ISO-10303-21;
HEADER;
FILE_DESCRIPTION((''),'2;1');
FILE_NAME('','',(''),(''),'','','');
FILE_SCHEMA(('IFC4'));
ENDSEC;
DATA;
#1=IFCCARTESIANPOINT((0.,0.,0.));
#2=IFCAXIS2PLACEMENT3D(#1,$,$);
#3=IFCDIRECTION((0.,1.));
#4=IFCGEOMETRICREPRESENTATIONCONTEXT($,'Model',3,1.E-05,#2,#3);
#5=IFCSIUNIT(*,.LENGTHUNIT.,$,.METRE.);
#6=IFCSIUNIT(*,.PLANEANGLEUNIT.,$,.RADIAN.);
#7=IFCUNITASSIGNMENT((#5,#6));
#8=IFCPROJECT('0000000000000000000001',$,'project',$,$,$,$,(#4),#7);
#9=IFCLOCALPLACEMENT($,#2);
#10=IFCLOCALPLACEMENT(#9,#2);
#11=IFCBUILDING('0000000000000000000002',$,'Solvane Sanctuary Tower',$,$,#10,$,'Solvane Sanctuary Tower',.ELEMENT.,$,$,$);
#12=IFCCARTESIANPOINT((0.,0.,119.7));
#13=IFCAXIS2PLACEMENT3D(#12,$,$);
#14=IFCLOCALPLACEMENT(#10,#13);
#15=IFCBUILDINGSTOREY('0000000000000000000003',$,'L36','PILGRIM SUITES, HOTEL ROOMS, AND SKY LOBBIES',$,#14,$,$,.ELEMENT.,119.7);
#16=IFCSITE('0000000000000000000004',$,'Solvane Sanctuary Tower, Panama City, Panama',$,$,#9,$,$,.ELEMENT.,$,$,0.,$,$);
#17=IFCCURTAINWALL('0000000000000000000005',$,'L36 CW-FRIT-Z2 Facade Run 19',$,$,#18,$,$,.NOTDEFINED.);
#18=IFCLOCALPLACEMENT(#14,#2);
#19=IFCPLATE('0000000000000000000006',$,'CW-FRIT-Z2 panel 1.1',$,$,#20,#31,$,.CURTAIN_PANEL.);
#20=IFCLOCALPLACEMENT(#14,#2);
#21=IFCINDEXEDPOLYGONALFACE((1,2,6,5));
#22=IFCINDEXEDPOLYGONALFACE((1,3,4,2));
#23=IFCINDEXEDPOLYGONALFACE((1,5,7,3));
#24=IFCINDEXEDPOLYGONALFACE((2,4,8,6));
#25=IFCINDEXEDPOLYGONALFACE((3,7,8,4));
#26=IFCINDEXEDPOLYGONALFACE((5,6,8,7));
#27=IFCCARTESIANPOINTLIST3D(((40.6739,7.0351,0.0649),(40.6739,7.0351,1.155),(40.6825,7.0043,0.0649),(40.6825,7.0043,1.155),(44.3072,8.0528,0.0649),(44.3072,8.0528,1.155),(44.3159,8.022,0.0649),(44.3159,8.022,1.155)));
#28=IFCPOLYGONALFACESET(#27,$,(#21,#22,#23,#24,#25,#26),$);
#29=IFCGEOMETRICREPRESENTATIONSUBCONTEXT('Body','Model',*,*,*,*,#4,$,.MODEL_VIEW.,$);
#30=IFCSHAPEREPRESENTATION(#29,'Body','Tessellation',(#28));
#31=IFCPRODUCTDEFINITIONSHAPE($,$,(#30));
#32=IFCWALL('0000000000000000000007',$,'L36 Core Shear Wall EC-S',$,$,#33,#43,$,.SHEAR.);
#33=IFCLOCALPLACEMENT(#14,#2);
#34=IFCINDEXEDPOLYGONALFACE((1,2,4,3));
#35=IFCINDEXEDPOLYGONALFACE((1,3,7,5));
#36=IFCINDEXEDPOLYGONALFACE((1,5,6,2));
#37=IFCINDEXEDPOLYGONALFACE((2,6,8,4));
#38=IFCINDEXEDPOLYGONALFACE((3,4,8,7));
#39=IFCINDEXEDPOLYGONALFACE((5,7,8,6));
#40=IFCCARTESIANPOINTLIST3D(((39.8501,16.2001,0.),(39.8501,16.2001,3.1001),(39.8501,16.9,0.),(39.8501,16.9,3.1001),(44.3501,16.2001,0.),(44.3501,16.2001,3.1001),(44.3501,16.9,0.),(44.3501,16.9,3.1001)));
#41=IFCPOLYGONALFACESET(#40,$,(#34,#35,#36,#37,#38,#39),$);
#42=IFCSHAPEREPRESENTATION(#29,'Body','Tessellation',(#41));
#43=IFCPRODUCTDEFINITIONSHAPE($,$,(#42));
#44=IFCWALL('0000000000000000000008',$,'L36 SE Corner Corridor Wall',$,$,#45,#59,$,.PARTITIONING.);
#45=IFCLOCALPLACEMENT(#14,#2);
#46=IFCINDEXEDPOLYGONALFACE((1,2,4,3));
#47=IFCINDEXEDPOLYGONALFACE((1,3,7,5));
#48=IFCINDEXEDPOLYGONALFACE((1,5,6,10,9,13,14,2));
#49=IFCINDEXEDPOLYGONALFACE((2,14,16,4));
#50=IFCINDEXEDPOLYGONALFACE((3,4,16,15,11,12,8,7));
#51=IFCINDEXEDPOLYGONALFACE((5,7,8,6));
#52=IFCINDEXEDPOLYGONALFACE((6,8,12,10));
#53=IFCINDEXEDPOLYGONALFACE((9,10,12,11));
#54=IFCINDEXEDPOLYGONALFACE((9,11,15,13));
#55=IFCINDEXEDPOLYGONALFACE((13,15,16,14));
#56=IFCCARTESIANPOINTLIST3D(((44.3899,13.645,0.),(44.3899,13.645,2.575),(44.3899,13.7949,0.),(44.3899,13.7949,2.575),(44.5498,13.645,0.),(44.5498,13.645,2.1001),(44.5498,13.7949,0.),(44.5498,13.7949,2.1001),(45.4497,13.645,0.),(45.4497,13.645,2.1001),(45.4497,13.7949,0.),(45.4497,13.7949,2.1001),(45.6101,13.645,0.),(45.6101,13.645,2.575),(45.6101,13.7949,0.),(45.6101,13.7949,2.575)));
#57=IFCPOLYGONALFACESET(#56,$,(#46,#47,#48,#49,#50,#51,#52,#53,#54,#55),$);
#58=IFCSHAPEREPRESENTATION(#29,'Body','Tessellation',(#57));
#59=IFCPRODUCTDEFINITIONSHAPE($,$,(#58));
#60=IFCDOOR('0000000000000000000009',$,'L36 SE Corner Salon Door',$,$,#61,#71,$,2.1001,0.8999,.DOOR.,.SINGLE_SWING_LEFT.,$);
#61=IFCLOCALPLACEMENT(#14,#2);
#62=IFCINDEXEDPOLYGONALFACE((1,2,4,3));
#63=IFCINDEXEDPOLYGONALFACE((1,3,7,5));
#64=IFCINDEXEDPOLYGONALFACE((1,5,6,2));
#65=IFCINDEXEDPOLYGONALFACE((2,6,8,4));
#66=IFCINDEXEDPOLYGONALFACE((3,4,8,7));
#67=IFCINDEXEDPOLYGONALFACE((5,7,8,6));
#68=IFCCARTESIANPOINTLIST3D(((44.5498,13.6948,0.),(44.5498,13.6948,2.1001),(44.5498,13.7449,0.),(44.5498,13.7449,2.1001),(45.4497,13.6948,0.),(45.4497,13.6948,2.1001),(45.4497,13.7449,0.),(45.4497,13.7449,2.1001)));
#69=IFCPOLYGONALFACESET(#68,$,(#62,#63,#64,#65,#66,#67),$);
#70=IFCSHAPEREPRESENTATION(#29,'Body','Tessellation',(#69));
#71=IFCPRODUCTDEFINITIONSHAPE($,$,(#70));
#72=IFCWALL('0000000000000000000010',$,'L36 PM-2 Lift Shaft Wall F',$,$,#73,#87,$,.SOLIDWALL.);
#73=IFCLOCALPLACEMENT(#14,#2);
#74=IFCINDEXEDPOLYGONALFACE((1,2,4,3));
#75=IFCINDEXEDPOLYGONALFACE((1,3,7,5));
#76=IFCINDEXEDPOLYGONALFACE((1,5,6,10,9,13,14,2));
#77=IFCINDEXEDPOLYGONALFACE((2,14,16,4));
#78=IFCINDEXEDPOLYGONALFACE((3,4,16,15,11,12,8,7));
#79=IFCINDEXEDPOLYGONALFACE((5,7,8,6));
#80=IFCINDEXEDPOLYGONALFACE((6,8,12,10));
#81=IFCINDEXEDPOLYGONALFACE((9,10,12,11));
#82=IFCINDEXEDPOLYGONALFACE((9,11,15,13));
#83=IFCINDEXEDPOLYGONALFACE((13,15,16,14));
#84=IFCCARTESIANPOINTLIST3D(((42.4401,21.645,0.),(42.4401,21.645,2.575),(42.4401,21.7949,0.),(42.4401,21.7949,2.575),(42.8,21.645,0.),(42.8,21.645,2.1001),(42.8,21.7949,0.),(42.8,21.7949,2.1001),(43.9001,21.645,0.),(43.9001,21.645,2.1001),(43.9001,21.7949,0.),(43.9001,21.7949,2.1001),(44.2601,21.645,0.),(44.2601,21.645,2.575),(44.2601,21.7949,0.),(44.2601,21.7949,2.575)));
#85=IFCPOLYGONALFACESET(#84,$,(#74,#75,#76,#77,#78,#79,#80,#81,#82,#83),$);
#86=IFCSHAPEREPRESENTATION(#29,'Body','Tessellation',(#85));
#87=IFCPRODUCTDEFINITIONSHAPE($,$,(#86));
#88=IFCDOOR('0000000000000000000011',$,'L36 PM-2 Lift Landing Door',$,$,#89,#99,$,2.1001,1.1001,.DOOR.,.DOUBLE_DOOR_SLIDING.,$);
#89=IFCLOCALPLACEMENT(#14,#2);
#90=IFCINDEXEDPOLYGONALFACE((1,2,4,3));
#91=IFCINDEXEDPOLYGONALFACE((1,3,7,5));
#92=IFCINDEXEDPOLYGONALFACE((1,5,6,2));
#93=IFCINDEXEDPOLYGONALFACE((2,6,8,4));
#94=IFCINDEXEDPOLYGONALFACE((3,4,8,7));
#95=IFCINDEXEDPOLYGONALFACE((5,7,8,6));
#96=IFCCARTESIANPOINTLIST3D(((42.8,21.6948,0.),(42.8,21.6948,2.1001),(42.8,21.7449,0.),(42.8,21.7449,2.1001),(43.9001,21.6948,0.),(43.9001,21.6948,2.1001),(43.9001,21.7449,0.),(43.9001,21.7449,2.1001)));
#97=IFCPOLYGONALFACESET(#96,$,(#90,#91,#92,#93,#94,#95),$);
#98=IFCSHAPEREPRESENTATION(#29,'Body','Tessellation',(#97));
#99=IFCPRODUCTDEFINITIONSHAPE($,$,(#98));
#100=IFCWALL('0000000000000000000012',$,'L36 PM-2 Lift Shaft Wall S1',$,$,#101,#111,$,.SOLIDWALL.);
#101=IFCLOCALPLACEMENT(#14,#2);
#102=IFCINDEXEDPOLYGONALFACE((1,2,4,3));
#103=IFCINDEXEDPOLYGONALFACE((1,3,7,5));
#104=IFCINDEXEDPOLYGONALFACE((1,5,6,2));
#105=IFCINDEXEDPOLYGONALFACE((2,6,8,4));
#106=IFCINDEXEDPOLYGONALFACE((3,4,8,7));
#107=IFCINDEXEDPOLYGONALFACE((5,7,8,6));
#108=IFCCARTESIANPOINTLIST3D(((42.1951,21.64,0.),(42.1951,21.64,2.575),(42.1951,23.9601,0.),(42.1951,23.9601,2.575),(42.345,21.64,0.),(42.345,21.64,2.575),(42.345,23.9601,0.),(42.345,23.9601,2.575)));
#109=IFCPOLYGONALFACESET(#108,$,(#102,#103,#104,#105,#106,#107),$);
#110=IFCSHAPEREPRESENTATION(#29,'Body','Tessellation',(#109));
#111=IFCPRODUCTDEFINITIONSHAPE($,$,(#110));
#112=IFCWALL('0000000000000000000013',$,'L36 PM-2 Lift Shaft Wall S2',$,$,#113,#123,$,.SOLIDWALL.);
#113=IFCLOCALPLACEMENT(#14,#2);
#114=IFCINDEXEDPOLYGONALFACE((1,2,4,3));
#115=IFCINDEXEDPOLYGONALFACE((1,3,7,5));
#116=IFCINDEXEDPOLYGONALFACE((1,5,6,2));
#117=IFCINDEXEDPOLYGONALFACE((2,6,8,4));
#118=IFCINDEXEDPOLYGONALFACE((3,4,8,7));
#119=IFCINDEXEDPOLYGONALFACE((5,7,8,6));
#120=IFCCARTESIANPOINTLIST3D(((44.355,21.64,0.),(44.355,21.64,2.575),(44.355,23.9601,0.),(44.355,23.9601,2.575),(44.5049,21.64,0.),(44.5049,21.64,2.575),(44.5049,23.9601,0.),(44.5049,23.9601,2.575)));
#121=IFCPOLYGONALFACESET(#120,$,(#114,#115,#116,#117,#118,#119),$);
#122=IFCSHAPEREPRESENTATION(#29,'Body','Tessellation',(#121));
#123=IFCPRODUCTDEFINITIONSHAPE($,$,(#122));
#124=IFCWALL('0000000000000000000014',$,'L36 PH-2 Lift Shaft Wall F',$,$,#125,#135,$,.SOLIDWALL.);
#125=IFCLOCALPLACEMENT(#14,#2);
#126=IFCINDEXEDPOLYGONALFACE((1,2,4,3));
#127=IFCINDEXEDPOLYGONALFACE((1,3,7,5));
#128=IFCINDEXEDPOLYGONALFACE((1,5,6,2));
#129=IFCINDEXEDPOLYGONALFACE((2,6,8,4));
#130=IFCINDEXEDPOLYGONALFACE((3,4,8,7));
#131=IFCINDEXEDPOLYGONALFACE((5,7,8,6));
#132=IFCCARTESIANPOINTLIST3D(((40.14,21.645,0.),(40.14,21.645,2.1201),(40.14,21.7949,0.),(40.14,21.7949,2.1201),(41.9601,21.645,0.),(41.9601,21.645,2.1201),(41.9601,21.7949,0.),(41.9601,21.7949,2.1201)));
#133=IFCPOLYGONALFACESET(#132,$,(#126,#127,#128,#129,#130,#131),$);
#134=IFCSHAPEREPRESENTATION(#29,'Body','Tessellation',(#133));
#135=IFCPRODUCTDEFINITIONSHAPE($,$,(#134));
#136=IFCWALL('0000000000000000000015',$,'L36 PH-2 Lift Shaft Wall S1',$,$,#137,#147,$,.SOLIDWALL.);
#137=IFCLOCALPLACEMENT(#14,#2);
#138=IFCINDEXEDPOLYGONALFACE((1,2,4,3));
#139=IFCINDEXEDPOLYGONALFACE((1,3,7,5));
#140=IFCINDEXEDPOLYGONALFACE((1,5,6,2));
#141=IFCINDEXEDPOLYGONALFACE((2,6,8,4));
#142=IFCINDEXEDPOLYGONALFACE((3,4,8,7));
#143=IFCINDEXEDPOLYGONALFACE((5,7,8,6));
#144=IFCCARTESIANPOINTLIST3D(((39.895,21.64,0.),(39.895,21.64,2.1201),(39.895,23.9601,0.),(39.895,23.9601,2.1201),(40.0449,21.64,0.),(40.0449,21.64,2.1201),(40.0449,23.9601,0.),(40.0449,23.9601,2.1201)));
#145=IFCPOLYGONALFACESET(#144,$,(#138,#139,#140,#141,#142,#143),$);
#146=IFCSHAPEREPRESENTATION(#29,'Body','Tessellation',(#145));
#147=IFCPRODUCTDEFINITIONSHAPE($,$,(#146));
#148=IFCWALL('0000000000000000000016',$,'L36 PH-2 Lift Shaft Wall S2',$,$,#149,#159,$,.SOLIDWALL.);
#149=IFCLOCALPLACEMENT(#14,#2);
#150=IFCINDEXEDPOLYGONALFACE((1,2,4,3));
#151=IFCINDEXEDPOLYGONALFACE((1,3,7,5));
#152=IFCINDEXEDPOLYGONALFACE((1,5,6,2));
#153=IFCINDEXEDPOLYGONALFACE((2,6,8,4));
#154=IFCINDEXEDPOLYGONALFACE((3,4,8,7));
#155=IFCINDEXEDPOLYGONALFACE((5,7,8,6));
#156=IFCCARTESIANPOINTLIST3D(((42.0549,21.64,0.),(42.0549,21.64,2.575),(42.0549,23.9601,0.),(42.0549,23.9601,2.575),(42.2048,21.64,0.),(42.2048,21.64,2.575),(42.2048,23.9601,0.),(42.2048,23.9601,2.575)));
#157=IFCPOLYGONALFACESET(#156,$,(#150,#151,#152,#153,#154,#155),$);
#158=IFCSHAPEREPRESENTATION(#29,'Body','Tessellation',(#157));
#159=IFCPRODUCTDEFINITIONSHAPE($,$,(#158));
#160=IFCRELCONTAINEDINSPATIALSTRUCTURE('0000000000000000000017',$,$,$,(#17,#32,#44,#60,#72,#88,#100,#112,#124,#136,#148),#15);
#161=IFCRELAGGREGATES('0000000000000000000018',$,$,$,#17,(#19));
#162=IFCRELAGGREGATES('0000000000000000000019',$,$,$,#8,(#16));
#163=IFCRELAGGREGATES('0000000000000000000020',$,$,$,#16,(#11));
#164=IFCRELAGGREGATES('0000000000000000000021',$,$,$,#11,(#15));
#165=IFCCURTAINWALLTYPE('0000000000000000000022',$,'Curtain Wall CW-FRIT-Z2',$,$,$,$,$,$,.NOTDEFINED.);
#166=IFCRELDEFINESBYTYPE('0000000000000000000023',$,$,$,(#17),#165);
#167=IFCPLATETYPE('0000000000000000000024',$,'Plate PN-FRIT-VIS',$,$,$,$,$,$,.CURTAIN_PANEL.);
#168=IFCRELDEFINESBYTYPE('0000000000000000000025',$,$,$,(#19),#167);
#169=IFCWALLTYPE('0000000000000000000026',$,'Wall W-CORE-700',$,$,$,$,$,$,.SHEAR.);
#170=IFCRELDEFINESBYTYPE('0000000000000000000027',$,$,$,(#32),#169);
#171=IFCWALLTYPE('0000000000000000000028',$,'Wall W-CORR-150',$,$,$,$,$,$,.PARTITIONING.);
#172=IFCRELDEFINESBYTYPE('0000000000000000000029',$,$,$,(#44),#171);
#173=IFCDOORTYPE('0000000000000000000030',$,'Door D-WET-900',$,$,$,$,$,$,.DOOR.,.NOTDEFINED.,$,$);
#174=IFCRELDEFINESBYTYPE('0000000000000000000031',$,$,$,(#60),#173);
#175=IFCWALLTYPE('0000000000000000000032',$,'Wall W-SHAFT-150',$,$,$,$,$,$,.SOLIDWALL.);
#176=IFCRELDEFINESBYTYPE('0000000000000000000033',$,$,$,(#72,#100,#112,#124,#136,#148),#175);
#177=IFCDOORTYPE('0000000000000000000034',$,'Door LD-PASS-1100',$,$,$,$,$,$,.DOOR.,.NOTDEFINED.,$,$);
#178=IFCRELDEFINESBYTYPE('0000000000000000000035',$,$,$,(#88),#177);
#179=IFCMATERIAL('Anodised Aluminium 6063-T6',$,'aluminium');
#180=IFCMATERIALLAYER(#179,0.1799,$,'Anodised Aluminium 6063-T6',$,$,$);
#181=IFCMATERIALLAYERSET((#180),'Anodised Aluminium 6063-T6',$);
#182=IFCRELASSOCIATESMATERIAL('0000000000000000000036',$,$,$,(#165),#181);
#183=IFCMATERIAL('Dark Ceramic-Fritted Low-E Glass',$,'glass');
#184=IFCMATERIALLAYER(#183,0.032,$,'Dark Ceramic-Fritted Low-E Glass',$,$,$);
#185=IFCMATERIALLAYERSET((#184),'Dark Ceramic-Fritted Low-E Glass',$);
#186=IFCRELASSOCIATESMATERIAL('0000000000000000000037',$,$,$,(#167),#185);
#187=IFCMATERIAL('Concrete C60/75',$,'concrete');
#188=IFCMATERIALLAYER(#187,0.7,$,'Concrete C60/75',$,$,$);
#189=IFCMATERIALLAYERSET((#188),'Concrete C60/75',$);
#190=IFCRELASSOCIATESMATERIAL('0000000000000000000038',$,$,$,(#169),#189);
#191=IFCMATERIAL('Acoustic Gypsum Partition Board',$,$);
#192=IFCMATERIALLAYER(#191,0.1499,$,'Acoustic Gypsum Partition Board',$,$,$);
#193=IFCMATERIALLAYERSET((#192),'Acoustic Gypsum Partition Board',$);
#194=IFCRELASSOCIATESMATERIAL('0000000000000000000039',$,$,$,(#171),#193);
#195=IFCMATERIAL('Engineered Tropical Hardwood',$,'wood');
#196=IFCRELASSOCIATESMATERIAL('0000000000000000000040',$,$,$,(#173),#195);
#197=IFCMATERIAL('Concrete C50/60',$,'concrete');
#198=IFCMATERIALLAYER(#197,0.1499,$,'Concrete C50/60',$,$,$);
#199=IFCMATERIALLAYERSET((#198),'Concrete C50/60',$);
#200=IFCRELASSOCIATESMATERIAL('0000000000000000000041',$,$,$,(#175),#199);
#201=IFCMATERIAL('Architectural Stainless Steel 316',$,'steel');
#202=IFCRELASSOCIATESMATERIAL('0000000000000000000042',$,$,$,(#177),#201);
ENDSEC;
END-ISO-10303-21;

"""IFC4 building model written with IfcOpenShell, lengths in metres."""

from ifc_helpers import new_model, si_unit, direction, frame, frame_2d, origin, origin_2d, place, context, subcontext, project, spatial, rectangle, extrude, material, layer, layer_set, type_object, element, fill, aggregate, save


model = new_model("IFC4")

# Units and contexts
model_context = context("Model", 3, precision=1e-05, world=origin(), true_north=direction((0.0, 1.0)))
body_context = subcontext(model_context, "Body", "Model", "MODEL_VIEW")
ifc_project = project(units=[si_unit("LENGTHUNIT", "METRE"), si_unit("PLANEANGLEUNIT", "RADIAN")], contexts=[model_context])

# Site, building, storey
site_placement = place(None, origin())
site = spatial("IfcSite", under=ifc_project, at=site_placement, Name="Solvane Sanctuary Tower, Panama City, Panama", CompositionType="ELEMENT", RefElevation=0.0)
building_placement = place(site_placement, origin())
building = spatial("IfcBuilding", under=site, at=building_placement, Name="Solvane Sanctuary Tower", LongName="Solvane Sanctuary Tower", CompositionType="ELEMENT")
storey_placement = place(building_placement, frame((0.0, 0.0, 119.7)))
storey = spatial("IfcBuildingStorey", under=building, at=storey_placement, Name="L36", Description="PILGRIM SUITES, HOTEL ROOMS, AND SKY LOBBIES", CompositionType="ELEMENT", Elevation=119.7)

# Curtain wall, plate
ifc_material_1 = material(Name="Anodised Aluminium 6063-T6", Category="aluminium")
ifc_layer_1 = layer(ifc_material_1, 0.1799, Name="Anodised Aluminium 6063-T6")
ifc_layer_set_1 = layer_set([ifc_layer_1], Name="Anodised Aluminium 6063-T6")
curtain_wall_type = type_object("IfcCurtainWallType", Name="Curtain Wall CW-FRIT-Z2", PredefinedType="NOTDEFINED", material=ifc_layer_set_1)
curtain_wall_placement = place(storey_placement, origin())
curtain_wall = element("IfcCurtainWall", 1, at=curtain_wall_placement, inside=storey, type_object=curtain_wall_type, Name="L36 CW-FRIT-Z2 Facade Run 19", PredefinedType="NOTDEFINED")
ifc_material_2 = material(Name="Dark Ceramic-Fritted Low-E Glass", Category="glass")
ifc_layer_2 = layer(ifc_material_2, 0.032, Name="Dark Ceramic-Fritted Low-E Glass")
ifc_layer_set_2 = layer_set([ifc_layer_2], Name="Dark Ceramic-Fritted Low-E Glass")
plate_type = type_object("IfcPlateType", Name="Plate PN-FRIT-VIS", PredefinedType="CURTAIN_PANEL", material=ifc_layer_set_2)
plate_placement = place(storey_placement, frame((42.4949, 7.5286, 0.0649), z_axis=(0.0, 0.0, 1.0), x_axis=(0.962943, 0.269705, 0.0)))
plate = element("IfcPlate", 2, at=plate_placement, type_object=plate_type, Name="CW-FRIT-Z2 panel 1.1", PredefinedType="CURTAIN_PANEL", context=body_context, shape_type="SweptSolid", body=[
    extrude(rectangle(XDim=3.7732, YDim=0.032, at=origin_2d()), origin(), (0.0, 0.0, 1.0), 1.0901),
])
aggregate(curtain_wall, [plate])

# Wall
ifc_material_3 = material(Name="Concrete C60/75", Category="concrete")
ifc_layer_3 = layer(ifc_material_3, 0.7, Name="Concrete C60/75")
ifc_layer_set_3 = layer_set([ifc_layer_3], Name="Concrete C60/75")
wall_type_1 = type_object("IfcWallType", Name="Wall W-CORE-700", PredefinedType="SHEAR", material=ifc_layer_set_3)
wall_1_placement = place(storey_placement, frame((39.8501, 16.55, 0.0), z_axis=(0.0, 0.0, 1.0), x_axis=(1.0, 0.0, 0.0)))
element("IfcWall", 3, at=wall_1_placement, inside=storey, type_object=wall_type_1, Name="L36 Core Shear Wall EC-S", PredefinedType="SHEAR", context=body_context, shape_type="SweptSolid", body=[
    extrude(rectangle(XDim=4.5, YDim=0.7, at=frame_2d((2.25, 0.0))), origin(), (0.0, 0.0, 1.0), 3.1001),
])

# Walls, openings, doors
ifc_material_4 = material(Name="Acoustic Gypsum Partition Board")
ifc_layer_4 = layer(ifc_material_4, 0.1499, Name="Acoustic Gypsum Partition Board")
ifc_layer_set_4 = layer_set([ifc_layer_4], Name="Acoustic Gypsum Partition Board")
wall_type_2 = type_object("IfcWallType", Name="Wall W-CORR-150", PredefinedType="PARTITIONING", material=ifc_layer_set_4)
wall_2_placement = place(storey_placement, frame((44.3899, 13.72, 0.0), z_axis=(0.0, 0.0, 1.0), x_axis=(1.0, 0.0, 0.0)))
wall_2 = element("IfcWall", 4, at=wall_2_placement, inside=storey, type_object=wall_type_2, Name="L36 SE Corner Corridor Wall", PredefinedType="PARTITIONING", context=body_context, shape_type="SweptSolid", body=[
    extrude(rectangle(XDim=1.2202, YDim=0.1499, at=frame_2d((0.6101, 0.0))), origin(), (0.0, 0.0, 1.0), 2.575),
])
opening_1_placement = place(wall_2_placement, frame((0.1599, 0.0, 0.0)))
opening_1 = element("IfcOpeningElement", 5, at=opening_1_placement, cuts=wall_2, PredefinedType="OPENING", context=body_context, shape_type="SweptSolid", body=[
    extrude(rectangle(XDim=0.8999, YDim=2.1001, at=frame_2d((0.45, 1.05))), frame((0.0, 0.085, 0.0), z_axis=(0.0, -1.0, 0.0), x_axis=(1.0, 0.0, 0.0)), (0.0, 0.0, 1.0), 0.1699),
])
ifc_material_5 = material(Name="Engineered Tropical Hardwood", Category="wood")
door_type_1 = type_object("IfcDoorType", Name="Door D-WET-900", OperationType="NOTDEFINED", PredefinedType="DOOR", material=ifc_material_5)
door_1_placement = place(opening_1_placement, origin())
door_1 = element("IfcDoor", 6, at=door_1_placement, inside=storey, type_object=door_type_1, Name="L36 SE Corner Salon Door", OperationType="SINGLE_SWING_LEFT", OverallHeight=2.1001, OverallWidth=0.8999, PredefinedType="DOOR", context=body_context, shape_type="SweptSolid", body=[
    extrude(rectangle(XDim=0.8999, YDim=2.1001, at=frame_2d((0.45, 1.05))), frame((0.0, 0.0249, 0.0), z_axis=(0.0, -1.0, 0.0), x_axis=(1.0, 0.0, 0.0)), (0.0, 0.0, 1.0), 0.05),
])
fill(opening_1, door_1)
ifc_material_6 = material(Name="Concrete C50/60", Category="concrete")
ifc_layer_5 = layer(ifc_material_6, 0.1499, Name="Concrete C50/60")
ifc_layer_set_5 = layer_set([ifc_layer_5], Name="Concrete C50/60")
wall_type_3 = type_object("IfcWallType", Name="Wall W-SHAFT-150", PredefinedType="SOLIDWALL", material=ifc_layer_set_5)
wall_3_placement = place(storey_placement, frame((42.4399, 21.72, 0.0), z_axis=(0.0, 0.0, 1.0), x_axis=(1.0, 0.0, 0.0)))
wall_3 = element("IfcWall", 7, at=wall_3_placement, inside=storey, type_object=wall_type_3, Name="L36 PM-2 Lift Shaft Wall F", PredefinedType="SOLIDWALL", context=body_context, shape_type="SweptSolid", body=[
    extrude(rectangle(XDim=1.8201, YDim=0.1499, at=frame_2d((0.9102, 0.0))), origin(), (0.0, 0.0, 1.0), 2.575),
])
opening_2_placement = place(wall_3_placement, frame((0.3601, 0.0, 0.0)))
opening_2 = element("IfcOpeningElement", 8, at=opening_2_placement, cuts=wall_3, PredefinedType="OPENING", context=body_context, shape_type="SweptSolid", body=[
    extrude(rectangle(XDim=1.1001, YDim=2.1001, at=frame_2d((0.55, 1.05))), frame((0.0, 0.085, 0.0), z_axis=(0.0, -1.0, 0.0), x_axis=(1.0, 0.0, 0.0)), (0.0, 0.0, 1.0), 0.1699),
])
ifc_material_7 = material(Name="Architectural Stainless Steel 316", Category="steel")
door_type_2 = type_object("IfcDoorType", Name="Door LD-PASS-1100", OperationType="NOTDEFINED", PredefinedType="DOOR", material=ifc_material_7)
door_2_placement = place(opening_2_placement, origin())
door_2 = element("IfcDoor", 9, at=door_2_placement, inside=storey, type_object=door_type_2, Name="L36 PM-2 Lift Landing Door", OperationType="DOUBLE_DOOR_SLIDING", OverallHeight=2.1001, OverallWidth=1.1001, PredefinedType="DOOR", context=body_context, shape_type="SweptSolid", body=[
    extrude(rectangle(XDim=1.1001, YDim=2.1001, at=frame_2d((0.55, 1.05))), frame((0.0, 0.0249, 0.0), z_axis=(0.0, -1.0, 0.0), x_axis=(1.0, 0.0, 0.0)), (0.0, 0.0, 1.0), 0.05),
])
fill(opening_2, door_2)

# Walls
for number, where, z_axis, x_axis, name in (
    (10, (42.27, 21.6399, 0.0), (0.0, 0.0, 1.0), (0.0, 1.0, 0.0), "L36 PM-2 Lift Shaft Wall S1"),
    (11, (44.4299, 21.6399, 0.0), (0.0, 0.0, 1.0), (0.0, 1.0, 0.0), "L36 PM-2 Lift Shaft Wall S2"),
):
    element("IfcWall", number, at=place(storey_placement, frame(where, z_axis=z_axis, x_axis=x_axis)), inside=storey, type_object=wall_type_3, Name=name, PredefinedType="SOLIDWALL", context=body_context, shape_type="SweptSolid", body=[
        extrude(rectangle(XDim=2.3201, YDim=0.1499, at=frame_2d((1.1602, 0.0))), origin(), (0.0, 0.0, 1.0), 2.575),
    ])
wall_4_placement = place(storey_placement, frame((40.1399, 21.72, 0.0), z_axis=(0.0, 0.0, 1.0), x_axis=(1.0, 0.0, 0.0)))
element("IfcWall", 12, at=wall_4_placement, inside=storey, type_object=wall_type_3, Name="L36 PH-2 Lift Shaft Wall F", PredefinedType="SOLIDWALL", context=body_context, shape_type="SweptSolid", body=[
    extrude(rectangle(XDim=1.8201, YDim=0.1499, at=frame_2d((0.9102, 0.0))), origin(), (0.0, 0.0, 1.0), 2.1201),
])
wall_5_placement = place(storey_placement, frame((39.97, 21.6399, 0.0), z_axis=(0.0, 0.0, 1.0), x_axis=(0.0, 1.0, 0.0)))
element("IfcWall", 13, at=wall_5_placement, inside=storey, type_object=wall_type_3, Name="L36 PH-2 Lift Shaft Wall S1", PredefinedType="SOLIDWALL", context=body_context, shape_type="SweptSolid", body=[
    extrude(rectangle(XDim=2.3201, YDim=0.1499, at=frame_2d((1.1602, 0.0))), origin(), (0.0, 0.0, 1.0), 2.1201),
])
wall_6_placement = place(storey_placement, frame((42.1299, 21.6399, 0.0), z_axis=(0.0, 0.0, 1.0), x_axis=(0.0, 1.0, 0.0)))
element("IfcWall", 14, at=wall_6_placement, inside=storey, type_object=wall_type_3, Name="L36 PH-2 Lift Shaft Wall S2", PredefinedType="SOLIDWALL", context=body_context, shape_type="SweptSolid", body=[
    extrude(rectangle(XDim=2.3201, YDim=0.1499, at=frame_2d((1.1602, 0.0))), origin(), (0.0, 0.0, 1.0), 2.575),
])

save(model, "model.ifc")
